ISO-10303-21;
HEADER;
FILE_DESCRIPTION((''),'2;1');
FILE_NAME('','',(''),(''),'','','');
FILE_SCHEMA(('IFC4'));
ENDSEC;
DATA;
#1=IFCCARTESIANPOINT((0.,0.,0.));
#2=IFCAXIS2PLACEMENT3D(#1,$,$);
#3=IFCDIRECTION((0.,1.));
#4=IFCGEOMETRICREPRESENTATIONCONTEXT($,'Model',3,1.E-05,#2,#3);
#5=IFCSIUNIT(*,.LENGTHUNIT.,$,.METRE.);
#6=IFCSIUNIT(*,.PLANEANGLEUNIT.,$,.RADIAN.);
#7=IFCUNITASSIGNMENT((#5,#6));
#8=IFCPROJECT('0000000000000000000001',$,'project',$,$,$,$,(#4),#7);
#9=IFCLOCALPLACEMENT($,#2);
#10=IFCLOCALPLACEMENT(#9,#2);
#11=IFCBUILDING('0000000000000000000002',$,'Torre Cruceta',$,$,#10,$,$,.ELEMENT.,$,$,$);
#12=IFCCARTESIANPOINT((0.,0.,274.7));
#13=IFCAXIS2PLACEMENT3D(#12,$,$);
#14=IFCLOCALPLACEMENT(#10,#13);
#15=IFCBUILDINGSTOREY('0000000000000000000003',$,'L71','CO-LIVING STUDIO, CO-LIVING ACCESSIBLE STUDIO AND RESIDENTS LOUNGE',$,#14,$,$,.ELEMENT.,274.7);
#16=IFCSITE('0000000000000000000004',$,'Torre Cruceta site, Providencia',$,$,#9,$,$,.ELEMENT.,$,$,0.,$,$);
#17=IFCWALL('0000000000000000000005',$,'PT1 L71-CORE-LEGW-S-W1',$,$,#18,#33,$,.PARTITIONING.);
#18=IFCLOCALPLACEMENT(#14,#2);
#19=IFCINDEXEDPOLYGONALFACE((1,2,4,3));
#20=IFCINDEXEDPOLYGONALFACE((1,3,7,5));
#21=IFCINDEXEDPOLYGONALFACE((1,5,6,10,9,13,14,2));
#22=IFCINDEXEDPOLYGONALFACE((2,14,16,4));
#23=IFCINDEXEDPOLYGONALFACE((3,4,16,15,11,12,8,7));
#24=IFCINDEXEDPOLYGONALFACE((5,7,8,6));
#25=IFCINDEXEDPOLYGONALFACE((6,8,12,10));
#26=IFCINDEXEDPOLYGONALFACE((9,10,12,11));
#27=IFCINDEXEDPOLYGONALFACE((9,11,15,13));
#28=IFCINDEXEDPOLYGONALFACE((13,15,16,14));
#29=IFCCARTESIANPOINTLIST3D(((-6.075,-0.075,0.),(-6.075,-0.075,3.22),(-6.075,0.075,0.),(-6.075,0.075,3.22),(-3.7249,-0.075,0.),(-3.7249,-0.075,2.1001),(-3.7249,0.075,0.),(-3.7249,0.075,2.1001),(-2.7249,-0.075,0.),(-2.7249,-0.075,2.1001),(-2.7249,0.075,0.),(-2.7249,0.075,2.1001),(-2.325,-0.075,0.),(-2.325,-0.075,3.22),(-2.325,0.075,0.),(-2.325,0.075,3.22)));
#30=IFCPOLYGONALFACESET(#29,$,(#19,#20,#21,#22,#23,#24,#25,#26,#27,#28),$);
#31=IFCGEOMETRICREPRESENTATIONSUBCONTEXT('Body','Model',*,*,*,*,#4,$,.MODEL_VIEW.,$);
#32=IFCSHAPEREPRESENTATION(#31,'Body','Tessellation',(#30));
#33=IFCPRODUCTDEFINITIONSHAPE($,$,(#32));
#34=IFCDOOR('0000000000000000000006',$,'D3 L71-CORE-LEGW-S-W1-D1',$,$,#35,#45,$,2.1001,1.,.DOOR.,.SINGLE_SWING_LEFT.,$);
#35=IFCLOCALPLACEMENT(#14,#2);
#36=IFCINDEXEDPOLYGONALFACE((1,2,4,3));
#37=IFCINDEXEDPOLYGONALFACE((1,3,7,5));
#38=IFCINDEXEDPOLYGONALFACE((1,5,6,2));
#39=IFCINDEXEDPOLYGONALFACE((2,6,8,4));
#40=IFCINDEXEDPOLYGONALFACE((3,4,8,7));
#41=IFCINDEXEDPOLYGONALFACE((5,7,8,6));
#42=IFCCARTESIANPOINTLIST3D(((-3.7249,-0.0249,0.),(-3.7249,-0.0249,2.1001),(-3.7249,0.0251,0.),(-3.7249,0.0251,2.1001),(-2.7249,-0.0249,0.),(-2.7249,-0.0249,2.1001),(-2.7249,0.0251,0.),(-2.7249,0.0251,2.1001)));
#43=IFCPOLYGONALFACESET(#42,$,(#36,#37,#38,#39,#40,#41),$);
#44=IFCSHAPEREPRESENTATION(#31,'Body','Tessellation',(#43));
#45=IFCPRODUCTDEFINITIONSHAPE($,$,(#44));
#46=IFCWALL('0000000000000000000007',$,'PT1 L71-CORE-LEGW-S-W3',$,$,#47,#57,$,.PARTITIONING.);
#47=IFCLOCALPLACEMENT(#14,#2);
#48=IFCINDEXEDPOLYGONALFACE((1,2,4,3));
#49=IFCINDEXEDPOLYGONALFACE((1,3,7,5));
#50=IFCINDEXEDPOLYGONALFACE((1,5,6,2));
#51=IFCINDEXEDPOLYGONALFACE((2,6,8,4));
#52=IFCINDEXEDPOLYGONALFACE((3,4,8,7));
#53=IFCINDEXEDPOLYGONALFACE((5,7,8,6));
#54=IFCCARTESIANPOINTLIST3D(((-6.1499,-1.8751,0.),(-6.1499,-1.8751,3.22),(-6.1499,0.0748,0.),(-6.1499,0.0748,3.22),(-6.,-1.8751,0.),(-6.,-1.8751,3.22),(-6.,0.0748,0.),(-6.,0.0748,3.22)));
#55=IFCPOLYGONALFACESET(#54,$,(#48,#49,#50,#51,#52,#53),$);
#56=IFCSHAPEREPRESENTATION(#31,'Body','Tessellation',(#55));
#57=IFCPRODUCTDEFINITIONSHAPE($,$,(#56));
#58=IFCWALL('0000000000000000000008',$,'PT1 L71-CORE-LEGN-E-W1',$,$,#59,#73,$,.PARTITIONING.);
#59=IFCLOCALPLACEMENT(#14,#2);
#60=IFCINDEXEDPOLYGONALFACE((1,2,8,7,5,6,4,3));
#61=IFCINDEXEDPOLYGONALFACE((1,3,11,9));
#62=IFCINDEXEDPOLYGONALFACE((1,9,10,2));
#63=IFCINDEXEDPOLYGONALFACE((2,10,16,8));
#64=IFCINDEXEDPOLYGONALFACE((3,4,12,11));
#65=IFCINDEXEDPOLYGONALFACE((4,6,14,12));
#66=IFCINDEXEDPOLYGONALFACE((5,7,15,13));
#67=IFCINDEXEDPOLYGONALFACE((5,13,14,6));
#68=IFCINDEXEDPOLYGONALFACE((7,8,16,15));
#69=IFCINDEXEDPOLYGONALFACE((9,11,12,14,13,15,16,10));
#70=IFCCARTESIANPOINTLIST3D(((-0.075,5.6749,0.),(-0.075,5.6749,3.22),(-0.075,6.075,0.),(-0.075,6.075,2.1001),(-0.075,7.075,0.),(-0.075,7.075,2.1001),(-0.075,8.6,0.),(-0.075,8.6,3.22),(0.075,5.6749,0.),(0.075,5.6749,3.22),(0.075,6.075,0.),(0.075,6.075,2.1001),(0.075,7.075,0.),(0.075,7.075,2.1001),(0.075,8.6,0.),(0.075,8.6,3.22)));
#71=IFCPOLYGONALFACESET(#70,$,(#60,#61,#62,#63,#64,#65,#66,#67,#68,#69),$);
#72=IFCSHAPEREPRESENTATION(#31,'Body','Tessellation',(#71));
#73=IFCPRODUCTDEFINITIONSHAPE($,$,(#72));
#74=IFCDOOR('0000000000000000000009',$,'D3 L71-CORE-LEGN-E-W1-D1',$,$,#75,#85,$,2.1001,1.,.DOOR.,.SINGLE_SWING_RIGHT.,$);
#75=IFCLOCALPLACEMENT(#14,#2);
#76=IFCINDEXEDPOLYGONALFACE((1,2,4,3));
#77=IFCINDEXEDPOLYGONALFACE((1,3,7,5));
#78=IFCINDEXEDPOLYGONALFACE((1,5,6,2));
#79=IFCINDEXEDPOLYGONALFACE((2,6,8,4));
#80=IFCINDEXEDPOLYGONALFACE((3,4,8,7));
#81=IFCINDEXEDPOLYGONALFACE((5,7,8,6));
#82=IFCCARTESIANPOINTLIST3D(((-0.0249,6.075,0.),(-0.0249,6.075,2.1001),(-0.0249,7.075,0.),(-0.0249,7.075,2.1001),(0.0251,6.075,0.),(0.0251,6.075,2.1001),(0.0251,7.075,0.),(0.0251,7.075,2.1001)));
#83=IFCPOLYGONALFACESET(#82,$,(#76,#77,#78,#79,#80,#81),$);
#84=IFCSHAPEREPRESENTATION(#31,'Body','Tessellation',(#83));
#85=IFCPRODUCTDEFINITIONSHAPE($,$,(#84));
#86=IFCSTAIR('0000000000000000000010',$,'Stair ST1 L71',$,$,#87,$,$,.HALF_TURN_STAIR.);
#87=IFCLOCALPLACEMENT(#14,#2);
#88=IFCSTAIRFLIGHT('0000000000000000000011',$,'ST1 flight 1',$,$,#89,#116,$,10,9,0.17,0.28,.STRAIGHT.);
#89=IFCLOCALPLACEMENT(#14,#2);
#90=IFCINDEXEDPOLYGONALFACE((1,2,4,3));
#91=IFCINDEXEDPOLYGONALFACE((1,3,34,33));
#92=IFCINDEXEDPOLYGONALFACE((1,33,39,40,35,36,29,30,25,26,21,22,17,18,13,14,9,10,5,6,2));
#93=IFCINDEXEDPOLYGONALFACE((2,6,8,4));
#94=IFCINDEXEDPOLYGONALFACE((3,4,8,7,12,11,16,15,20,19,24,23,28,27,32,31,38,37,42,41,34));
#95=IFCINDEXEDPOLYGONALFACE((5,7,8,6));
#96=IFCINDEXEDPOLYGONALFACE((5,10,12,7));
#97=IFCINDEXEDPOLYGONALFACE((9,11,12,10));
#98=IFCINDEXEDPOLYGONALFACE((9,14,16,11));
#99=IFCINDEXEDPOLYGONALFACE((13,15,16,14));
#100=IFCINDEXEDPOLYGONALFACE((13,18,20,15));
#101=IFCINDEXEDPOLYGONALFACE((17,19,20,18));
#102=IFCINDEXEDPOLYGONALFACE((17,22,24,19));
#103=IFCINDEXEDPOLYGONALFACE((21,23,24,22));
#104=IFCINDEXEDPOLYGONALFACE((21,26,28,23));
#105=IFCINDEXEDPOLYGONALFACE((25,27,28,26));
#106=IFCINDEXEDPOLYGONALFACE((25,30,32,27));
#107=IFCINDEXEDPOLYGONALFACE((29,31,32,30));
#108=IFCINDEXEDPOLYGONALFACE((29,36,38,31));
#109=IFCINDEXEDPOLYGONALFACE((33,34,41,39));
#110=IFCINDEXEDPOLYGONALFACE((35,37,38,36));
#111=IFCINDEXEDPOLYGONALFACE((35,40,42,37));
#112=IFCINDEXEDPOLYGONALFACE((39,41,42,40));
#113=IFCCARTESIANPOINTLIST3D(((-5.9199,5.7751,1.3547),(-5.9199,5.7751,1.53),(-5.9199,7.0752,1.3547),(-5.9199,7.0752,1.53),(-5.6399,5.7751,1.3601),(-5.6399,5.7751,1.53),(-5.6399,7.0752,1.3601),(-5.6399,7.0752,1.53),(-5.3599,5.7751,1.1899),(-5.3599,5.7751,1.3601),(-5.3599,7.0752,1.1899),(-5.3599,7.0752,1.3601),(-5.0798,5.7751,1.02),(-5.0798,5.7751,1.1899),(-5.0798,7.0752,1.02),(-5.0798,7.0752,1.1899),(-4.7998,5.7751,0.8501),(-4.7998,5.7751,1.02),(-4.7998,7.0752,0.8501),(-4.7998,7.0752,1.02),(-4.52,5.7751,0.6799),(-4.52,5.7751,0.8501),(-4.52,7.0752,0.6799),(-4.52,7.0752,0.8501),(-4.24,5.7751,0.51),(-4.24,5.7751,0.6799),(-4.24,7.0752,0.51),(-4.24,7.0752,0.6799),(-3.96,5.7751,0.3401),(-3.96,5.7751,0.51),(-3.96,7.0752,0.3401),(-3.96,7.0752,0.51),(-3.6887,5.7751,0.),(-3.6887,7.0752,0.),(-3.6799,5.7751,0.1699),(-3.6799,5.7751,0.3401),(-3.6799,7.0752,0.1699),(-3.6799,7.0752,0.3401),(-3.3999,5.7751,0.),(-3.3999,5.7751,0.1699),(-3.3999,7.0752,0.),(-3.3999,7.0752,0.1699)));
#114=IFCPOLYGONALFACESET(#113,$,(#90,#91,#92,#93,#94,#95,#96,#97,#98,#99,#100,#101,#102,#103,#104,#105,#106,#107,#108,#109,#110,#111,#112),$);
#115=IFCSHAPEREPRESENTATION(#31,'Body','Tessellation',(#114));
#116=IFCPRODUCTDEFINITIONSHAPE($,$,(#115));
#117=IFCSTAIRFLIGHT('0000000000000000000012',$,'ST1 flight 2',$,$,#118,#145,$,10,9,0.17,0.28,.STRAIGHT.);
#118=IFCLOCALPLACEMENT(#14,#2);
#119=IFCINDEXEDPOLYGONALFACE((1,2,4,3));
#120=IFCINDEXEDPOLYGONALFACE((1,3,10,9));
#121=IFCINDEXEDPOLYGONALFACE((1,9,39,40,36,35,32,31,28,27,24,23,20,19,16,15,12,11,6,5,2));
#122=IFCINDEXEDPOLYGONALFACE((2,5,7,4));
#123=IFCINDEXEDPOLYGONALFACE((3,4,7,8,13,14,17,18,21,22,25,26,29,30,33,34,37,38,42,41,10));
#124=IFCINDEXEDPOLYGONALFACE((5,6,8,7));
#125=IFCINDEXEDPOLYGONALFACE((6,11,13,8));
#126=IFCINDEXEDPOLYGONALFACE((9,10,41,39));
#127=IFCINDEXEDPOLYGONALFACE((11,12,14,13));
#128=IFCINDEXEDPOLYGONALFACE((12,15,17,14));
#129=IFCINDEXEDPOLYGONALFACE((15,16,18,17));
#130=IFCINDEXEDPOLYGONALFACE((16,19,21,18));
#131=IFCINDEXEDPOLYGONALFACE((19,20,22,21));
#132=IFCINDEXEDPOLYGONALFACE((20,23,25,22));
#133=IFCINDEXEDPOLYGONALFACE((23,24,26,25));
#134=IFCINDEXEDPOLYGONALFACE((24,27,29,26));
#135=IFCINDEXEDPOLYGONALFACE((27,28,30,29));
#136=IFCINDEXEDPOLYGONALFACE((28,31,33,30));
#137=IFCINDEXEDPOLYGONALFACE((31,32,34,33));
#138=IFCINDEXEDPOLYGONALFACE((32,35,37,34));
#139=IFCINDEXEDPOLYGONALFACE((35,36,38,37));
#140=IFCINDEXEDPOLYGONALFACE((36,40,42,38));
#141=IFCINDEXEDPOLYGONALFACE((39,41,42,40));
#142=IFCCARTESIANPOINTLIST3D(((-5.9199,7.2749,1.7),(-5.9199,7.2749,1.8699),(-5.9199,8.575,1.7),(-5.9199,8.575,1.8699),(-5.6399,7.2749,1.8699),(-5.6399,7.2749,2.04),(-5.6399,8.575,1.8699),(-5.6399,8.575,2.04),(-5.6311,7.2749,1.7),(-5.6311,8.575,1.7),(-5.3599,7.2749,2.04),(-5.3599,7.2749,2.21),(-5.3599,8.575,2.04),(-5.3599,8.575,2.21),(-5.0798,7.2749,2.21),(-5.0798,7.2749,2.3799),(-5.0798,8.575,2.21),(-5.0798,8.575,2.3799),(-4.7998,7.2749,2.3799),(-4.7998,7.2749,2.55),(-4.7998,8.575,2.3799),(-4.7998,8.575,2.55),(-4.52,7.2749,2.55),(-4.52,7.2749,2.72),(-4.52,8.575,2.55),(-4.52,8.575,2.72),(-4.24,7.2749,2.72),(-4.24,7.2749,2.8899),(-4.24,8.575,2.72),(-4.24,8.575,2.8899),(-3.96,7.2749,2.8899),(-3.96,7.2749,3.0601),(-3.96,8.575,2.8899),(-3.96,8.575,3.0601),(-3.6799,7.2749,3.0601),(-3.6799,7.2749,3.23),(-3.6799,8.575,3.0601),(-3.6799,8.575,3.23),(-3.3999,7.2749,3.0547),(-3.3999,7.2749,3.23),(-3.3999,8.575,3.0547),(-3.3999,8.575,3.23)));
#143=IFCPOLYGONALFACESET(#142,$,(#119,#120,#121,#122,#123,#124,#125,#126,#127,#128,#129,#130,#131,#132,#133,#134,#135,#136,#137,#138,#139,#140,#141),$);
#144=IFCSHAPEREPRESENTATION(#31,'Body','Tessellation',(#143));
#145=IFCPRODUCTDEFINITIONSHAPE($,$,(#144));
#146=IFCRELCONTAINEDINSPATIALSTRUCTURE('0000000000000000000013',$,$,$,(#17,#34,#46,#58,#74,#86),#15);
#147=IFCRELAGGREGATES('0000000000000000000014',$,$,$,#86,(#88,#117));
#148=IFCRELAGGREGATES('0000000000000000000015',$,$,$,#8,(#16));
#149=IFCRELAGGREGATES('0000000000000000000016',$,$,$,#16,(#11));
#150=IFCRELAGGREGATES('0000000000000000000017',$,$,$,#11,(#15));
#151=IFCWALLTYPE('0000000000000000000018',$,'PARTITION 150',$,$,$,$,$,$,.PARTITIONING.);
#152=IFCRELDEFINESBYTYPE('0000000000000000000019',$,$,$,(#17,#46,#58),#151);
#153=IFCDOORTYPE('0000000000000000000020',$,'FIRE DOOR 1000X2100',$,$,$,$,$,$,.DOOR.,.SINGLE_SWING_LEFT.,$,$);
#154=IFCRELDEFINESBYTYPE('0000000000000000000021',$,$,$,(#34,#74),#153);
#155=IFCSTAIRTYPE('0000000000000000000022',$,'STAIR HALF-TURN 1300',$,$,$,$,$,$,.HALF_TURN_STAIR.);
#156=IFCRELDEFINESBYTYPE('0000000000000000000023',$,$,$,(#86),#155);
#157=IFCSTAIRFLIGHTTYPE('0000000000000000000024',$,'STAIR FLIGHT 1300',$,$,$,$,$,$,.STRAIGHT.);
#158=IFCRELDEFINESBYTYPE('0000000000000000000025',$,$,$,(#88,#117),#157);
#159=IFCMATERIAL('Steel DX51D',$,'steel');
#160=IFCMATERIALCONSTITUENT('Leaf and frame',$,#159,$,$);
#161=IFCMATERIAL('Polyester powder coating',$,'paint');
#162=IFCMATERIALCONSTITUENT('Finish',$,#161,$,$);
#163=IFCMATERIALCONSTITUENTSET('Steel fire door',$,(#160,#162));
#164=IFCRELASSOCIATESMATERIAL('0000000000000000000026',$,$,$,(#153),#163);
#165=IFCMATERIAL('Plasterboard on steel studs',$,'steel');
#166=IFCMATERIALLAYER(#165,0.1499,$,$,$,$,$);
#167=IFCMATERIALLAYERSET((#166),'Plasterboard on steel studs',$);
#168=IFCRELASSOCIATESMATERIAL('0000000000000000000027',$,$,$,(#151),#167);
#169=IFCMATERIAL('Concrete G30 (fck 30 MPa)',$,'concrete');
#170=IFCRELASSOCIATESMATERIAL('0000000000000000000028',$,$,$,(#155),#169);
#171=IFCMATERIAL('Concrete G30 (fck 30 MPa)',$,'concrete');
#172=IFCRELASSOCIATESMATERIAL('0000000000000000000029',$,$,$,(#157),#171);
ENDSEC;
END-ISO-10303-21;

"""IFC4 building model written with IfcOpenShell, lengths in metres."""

from ifc_helpers import new_model, si_unit, direction, frame, frame_2d, origin, place, context, subcontext, project, spatial, polyline, rectangle, outline, extrude, material, layer, layer_set, constituent, constituent_set, type_object, element, fill, aggregate, save


model = new_model("IFC4")

# Units and contexts
model_context = context("Model", 3, precision=1e-05, world=origin(), true_north=direction((0.0, 1.0)))
body_context = subcontext(model_context, "Body", "Model", "MODEL_VIEW")
ifc_project = project(units=[si_unit("LENGTHUNIT", "METRE"), si_unit("PLANEANGLEUNIT", "RADIAN")], contexts=[model_context])

# Site, building, storey
site_placement = place(None, origin())
site = spatial("IfcSite", under=ifc_project, at=site_placement, Name="Torre Cruceta site, Providencia", CompositionType="ELEMENT", RefElevation=0.0)
building_placement = place(site_placement, origin())
building = spatial("IfcBuilding", under=site, at=building_placement, Name="Torre Cruceta", CompositionType="ELEMENT")
storey_placement = place(building_placement, frame((0.0, 0.0, 274.7)))
storey = spatial("IfcBuildingStorey", under=building, at=storey_placement, Name="L71", Description="CO-LIVING STUDIO, CO-LIVING ACCESSIBLE STUDIO AND RESIDENTS LOUNGE", CompositionType="ELEMENT", Elevation=274.7)

# Shared definitions
ifc_material_1 = material(Name="Steel DX51D", Category="steel")
ifc_constituent_1 = constituent(ifc_material_1, Name="Leaf and frame")
ifc_material_2 = material(Name="Polyester powder coating", Category="paint")
ifc_constituent_2 = constituent(ifc_material_2, Name="Finish")
ifc_constituent_set_1 = constituent_set(constituents=[ifc_constituent_1, ifc_constituent_2], Name="Steel fire door")
door_type_1 = type_object("IfcDoorType", Name="FIRE DOOR 1000X2100", OperationType="SINGLE_SWING_LEFT", PredefinedType="DOOR", material=ifc_constituent_set_1)

# Wall, opening, door
ifc_material_3 = material(Name="Plasterboard on steel studs", Category="steel")
ifc_layer_1 = layer(ifc_material_3, 0.1499)
ifc_layer_set_1 = layer_set([ifc_layer_1], Name="Plasterboard on steel studs")
wall_type_1 = type_object("IfcWallType", Name="PARTITION 150", PredefinedType="PARTITIONING", material=ifc_layer_set_1)
wall_1_placement = place(storey_placement, frame((-2.325, 0.0, 0.0), z_axis=(0.0, 0.0, 1.0), x_axis=(-1.0, 0.0, 0.0)))
wall_1 = element("IfcWall", 1, at=wall_1_placement, inside=storey, type_object=wall_type_1, Name="PT1 L71-CORE-LEGW-S-W1", PredefinedType="PARTITIONING", context=body_context, shape_type="SweptSolid", body=[
    extrude(rectangle(XDim=3.75, YDim=0.1499, at=frame_2d((1.875, 0.0))), origin(), (0.0, 0.0, 1.0), 3.22),
])
opening_1_placement = place(wall_1_placement, frame((0.3999, 0.0, 0.0)))
opening_1 = element("IfcOpeningElement", 2, at=opening_1_placement, cuts=wall_1, PredefinedType="OPENING", context=body_context, shape_type="SweptSolid", body=[
    extrude(rectangle(XDim=1.0, YDim=2.1001, at=frame_2d((0.5, 1.05))), frame((0.0, 0.085, 0.0), z_axis=(0.0, -1.0, 0.0), x_axis=(1.0, 0.0, 0.0)), (0.0, 0.0, 1.0), 0.1699),
])
door_1_placement = place(opening_1_placement, origin())
door_1 = element("IfcDoor", 3, at=door_1_placement, inside=storey, type_object=door_type_1, Name="D3 L71-CORE-LEGW-S-W1-D1", OperationType="SINGLE_SWING_LEFT", OverallHeight=2.1001, OverallWidth=1.0, PredefinedType="DOOR", context=body_context, shape_type="SweptSolid", body=[
    extrude(rectangle(XDim=1.0, YDim=2.1001, at=frame_2d((0.5, 1.05))), frame((0.0, 0.0249, 0.0), z_axis=(0.0, -1.0, 0.0), x_axis=(1.0, 0.0, 0.0)), (0.0, 0.0, 1.0), 0.05),
])
fill(opening_1, door_1)

# Wall
wall_2_placement = place(storey_placement, frame((-6.075, 0.075, 0.0), z_axis=(0.0, 0.0, 1.0), x_axis=(0.0, -1.0, 0.0)))
element("IfcWall", 4, at=wall_2_placement, inside=storey, type_object=wall_type_1, Name="PT1 L71-CORE-LEGW-S-W3", PredefinedType="PARTITIONING", context=body_context, shape_type="SweptSolid", body=[
    extrude(rectangle(XDim=1.95, YDim=0.1499, at=frame_2d((0.9751, 0.0))), origin(), (0.0, 0.0, 1.0), 3.22),
])

# Wall, opening, door
wall_3_placement = place(storey_placement, frame((0.0, 5.675, 0.0), z_axis=(0.0, 0.0, 1.0), x_axis=(0.0, 1.0, 0.0)))
wall_3 = element("IfcWall", 5, at=wall_3_placement, inside=storey, type_object=wall_type_1, Name="PT1 L71-CORE-LEGN-E-W1", PredefinedType="PARTITIONING", context=body_context, shape_type="SweptSolid", body=[
    extrude(rectangle(XDim=2.925, YDim=0.1499, at=frame_2d((1.4624, 0.0))), origin(), (0.0, 0.0, 1.0), 3.22),
])
opening_2_placement = place(wall_3_placement, frame((0.3999, 0.0, 0.0)))
opening_2 = element("IfcOpeningElement", 6, at=opening_2_placement, cuts=wall_3, PredefinedType="OPENING", context=body_context, shape_type="SweptSolid", body=[
    extrude(rectangle(XDim=1.0, YDim=2.1001, at=frame_2d((0.5, 1.05))), frame((0.0, 0.085, 0.0), z_axis=(0.0, -1.0, 0.0), x_axis=(1.0, 0.0, 0.0)), (0.0, 0.0, 1.0), 0.1699),
])
door_2_placement = place(opening_2_placement, frame((1.0, 0.0, 0.0), z_axis=(0.0, 0.0, 1.0), x_axis=(-1.0, 0.0, 0.0)))
door_2 = element("IfcDoor", 7, at=door_2_placement, inside=storey, type_object=door_type_1, Name="D3 L71-CORE-LEGN-E-W1-D1", OperationType="SINGLE_SWING_RIGHT", OverallHeight=2.1001, OverallWidth=1.0, PredefinedType="DOOR", context=body_context, shape_type="SweptSolid", body=[
    extrude(rectangle(XDim=1.0, YDim=2.1001, at=frame_2d((0.5, 1.05))), frame((0.0, 0.0251, 0.0), z_axis=(0.0, -1.0, 0.0), x_axis=(1.0, 0.0, 0.0)), (0.0, 0.0, 1.0), 0.05),
])
fill(opening_2, door_2)

# Stair, stair flights
ifc_material_4 = material(Name="Concrete G30 (fck 30 MPa)", Category="concrete")
stair_type = type_object("IfcStairType", Name="STAIR HALF-TURN 1300", PredefinedType="HALF_TURN_STAIR", material=ifc_material_4)
stair_placement = place(storey_placement, origin())
stair = element("IfcStair", 8, at=stair_placement, inside=storey, type_object=stair_type, Name="Stair ST1 L71", PredefinedType="HALF_TURN_STAIR")
ifc_material_5 = material(Name="Concrete G30 (fck 30 MPa)", Category="concrete")
stair_flight_type = type_object("IfcStairFlightType", Name="STAIR FLIGHT 1300", PredefinedType="STRAIGHT", material=ifc_material_5)
stair_flight_1_placement = place(storey_placement, frame((-3.3999, 6.425, 0.0), z_axis=(0.0, 0.0, 1.0), x_axis=(-1.0, 0.0, 0.0)))
stair_flight_1 = element("IfcStairFlight", 9, at=stair_flight_1_placement, type_object=stair_flight_type, Name="ST1 flight 1", NumberOfRisers=10, NumberOfTreads=9, PredefinedType="STRAIGHT", RiserHeight=0.17, TreadLength=0.28, context=body_context, shape_type="SweptSolid", body=[
    extrude(outline(polyline([(0.0, 0.0), (0.0, 0.1699), (0.28, 0.1699), (0.28, 0.3401), (0.5601, 0.3401), (0.5601, 0.51), (0.8401, 0.51), (0.8401, 0.6799), (1.1201, 0.6799), (1.1201, 0.8501), (1.3999, 0.8501), (1.3999, 1.02), (1.6799, 1.02), (1.6799, 1.1899), (1.96, 1.1899), (1.96, 1.3601), (2.24, 1.3601), (2.24, 1.53), (2.52, 1.53), (2.52, 1.7), (2.52, 1.3547), (0.2888, 0.0), (0.0, 0.0)])), frame((0.0, 0.6499, 0.0), z_axis=(0.0, -1.0, 0.0), x_axis=(1.0, 0.0, 0.0)), (0.0, 0.0, 1.0), 1.3),
])
stair_flight_2_placement = place(storey_placement, frame((-5.9199, 7.925, 1.7), z_axis=(0.0, 0.0, 1.0), x_axis=(1.0, 0.0, 0.0)))
stair_flight_2 = element("IfcStairFlight", 10, at=stair_flight_2_placement, type_object=stair_flight_type, Name="ST1 flight 2", NumberOfRisers=10, NumberOfTreads=9, PredefinedType="STRAIGHT", RiserHeight=0.17, TreadLength=0.28, context=body_context, shape_type="SweptSolid", body=[
    extrude(outline(polyline([(0.0, 0.0), (0.0, 0.1699), (0.28, 0.1699), (0.28, 0.3401), (0.5601, 0.3401), (0.5601, 0.51), (0.8401, 0.51), (0.8401, 0.6799), (1.1201, 0.6799), (1.1201, 0.8501), (1.3999, 0.8501), (1.3999, 1.02), (1.6799, 1.02), (1.6799, 1.1899), (1.96, 1.1899), (1.96, 1.3601), (2.24, 1.3601), (2.24, 1.53), (2.52, 1.53), (2.52, 1.7), (2.52, 1.3547), (0.2888, 0.0), (0.0, 0.0)])), frame((0.0, 0.6499, 0.0), z_axis=(0.0, -1.0, 0.0), x_axis=(1.0, 0.0, 0.0)), (0.0, 0.0, 1.0), 1.3),
])
aggregate(stair, [stair_flight_1, stair_flight_2])

save(model, "model.ifc")
